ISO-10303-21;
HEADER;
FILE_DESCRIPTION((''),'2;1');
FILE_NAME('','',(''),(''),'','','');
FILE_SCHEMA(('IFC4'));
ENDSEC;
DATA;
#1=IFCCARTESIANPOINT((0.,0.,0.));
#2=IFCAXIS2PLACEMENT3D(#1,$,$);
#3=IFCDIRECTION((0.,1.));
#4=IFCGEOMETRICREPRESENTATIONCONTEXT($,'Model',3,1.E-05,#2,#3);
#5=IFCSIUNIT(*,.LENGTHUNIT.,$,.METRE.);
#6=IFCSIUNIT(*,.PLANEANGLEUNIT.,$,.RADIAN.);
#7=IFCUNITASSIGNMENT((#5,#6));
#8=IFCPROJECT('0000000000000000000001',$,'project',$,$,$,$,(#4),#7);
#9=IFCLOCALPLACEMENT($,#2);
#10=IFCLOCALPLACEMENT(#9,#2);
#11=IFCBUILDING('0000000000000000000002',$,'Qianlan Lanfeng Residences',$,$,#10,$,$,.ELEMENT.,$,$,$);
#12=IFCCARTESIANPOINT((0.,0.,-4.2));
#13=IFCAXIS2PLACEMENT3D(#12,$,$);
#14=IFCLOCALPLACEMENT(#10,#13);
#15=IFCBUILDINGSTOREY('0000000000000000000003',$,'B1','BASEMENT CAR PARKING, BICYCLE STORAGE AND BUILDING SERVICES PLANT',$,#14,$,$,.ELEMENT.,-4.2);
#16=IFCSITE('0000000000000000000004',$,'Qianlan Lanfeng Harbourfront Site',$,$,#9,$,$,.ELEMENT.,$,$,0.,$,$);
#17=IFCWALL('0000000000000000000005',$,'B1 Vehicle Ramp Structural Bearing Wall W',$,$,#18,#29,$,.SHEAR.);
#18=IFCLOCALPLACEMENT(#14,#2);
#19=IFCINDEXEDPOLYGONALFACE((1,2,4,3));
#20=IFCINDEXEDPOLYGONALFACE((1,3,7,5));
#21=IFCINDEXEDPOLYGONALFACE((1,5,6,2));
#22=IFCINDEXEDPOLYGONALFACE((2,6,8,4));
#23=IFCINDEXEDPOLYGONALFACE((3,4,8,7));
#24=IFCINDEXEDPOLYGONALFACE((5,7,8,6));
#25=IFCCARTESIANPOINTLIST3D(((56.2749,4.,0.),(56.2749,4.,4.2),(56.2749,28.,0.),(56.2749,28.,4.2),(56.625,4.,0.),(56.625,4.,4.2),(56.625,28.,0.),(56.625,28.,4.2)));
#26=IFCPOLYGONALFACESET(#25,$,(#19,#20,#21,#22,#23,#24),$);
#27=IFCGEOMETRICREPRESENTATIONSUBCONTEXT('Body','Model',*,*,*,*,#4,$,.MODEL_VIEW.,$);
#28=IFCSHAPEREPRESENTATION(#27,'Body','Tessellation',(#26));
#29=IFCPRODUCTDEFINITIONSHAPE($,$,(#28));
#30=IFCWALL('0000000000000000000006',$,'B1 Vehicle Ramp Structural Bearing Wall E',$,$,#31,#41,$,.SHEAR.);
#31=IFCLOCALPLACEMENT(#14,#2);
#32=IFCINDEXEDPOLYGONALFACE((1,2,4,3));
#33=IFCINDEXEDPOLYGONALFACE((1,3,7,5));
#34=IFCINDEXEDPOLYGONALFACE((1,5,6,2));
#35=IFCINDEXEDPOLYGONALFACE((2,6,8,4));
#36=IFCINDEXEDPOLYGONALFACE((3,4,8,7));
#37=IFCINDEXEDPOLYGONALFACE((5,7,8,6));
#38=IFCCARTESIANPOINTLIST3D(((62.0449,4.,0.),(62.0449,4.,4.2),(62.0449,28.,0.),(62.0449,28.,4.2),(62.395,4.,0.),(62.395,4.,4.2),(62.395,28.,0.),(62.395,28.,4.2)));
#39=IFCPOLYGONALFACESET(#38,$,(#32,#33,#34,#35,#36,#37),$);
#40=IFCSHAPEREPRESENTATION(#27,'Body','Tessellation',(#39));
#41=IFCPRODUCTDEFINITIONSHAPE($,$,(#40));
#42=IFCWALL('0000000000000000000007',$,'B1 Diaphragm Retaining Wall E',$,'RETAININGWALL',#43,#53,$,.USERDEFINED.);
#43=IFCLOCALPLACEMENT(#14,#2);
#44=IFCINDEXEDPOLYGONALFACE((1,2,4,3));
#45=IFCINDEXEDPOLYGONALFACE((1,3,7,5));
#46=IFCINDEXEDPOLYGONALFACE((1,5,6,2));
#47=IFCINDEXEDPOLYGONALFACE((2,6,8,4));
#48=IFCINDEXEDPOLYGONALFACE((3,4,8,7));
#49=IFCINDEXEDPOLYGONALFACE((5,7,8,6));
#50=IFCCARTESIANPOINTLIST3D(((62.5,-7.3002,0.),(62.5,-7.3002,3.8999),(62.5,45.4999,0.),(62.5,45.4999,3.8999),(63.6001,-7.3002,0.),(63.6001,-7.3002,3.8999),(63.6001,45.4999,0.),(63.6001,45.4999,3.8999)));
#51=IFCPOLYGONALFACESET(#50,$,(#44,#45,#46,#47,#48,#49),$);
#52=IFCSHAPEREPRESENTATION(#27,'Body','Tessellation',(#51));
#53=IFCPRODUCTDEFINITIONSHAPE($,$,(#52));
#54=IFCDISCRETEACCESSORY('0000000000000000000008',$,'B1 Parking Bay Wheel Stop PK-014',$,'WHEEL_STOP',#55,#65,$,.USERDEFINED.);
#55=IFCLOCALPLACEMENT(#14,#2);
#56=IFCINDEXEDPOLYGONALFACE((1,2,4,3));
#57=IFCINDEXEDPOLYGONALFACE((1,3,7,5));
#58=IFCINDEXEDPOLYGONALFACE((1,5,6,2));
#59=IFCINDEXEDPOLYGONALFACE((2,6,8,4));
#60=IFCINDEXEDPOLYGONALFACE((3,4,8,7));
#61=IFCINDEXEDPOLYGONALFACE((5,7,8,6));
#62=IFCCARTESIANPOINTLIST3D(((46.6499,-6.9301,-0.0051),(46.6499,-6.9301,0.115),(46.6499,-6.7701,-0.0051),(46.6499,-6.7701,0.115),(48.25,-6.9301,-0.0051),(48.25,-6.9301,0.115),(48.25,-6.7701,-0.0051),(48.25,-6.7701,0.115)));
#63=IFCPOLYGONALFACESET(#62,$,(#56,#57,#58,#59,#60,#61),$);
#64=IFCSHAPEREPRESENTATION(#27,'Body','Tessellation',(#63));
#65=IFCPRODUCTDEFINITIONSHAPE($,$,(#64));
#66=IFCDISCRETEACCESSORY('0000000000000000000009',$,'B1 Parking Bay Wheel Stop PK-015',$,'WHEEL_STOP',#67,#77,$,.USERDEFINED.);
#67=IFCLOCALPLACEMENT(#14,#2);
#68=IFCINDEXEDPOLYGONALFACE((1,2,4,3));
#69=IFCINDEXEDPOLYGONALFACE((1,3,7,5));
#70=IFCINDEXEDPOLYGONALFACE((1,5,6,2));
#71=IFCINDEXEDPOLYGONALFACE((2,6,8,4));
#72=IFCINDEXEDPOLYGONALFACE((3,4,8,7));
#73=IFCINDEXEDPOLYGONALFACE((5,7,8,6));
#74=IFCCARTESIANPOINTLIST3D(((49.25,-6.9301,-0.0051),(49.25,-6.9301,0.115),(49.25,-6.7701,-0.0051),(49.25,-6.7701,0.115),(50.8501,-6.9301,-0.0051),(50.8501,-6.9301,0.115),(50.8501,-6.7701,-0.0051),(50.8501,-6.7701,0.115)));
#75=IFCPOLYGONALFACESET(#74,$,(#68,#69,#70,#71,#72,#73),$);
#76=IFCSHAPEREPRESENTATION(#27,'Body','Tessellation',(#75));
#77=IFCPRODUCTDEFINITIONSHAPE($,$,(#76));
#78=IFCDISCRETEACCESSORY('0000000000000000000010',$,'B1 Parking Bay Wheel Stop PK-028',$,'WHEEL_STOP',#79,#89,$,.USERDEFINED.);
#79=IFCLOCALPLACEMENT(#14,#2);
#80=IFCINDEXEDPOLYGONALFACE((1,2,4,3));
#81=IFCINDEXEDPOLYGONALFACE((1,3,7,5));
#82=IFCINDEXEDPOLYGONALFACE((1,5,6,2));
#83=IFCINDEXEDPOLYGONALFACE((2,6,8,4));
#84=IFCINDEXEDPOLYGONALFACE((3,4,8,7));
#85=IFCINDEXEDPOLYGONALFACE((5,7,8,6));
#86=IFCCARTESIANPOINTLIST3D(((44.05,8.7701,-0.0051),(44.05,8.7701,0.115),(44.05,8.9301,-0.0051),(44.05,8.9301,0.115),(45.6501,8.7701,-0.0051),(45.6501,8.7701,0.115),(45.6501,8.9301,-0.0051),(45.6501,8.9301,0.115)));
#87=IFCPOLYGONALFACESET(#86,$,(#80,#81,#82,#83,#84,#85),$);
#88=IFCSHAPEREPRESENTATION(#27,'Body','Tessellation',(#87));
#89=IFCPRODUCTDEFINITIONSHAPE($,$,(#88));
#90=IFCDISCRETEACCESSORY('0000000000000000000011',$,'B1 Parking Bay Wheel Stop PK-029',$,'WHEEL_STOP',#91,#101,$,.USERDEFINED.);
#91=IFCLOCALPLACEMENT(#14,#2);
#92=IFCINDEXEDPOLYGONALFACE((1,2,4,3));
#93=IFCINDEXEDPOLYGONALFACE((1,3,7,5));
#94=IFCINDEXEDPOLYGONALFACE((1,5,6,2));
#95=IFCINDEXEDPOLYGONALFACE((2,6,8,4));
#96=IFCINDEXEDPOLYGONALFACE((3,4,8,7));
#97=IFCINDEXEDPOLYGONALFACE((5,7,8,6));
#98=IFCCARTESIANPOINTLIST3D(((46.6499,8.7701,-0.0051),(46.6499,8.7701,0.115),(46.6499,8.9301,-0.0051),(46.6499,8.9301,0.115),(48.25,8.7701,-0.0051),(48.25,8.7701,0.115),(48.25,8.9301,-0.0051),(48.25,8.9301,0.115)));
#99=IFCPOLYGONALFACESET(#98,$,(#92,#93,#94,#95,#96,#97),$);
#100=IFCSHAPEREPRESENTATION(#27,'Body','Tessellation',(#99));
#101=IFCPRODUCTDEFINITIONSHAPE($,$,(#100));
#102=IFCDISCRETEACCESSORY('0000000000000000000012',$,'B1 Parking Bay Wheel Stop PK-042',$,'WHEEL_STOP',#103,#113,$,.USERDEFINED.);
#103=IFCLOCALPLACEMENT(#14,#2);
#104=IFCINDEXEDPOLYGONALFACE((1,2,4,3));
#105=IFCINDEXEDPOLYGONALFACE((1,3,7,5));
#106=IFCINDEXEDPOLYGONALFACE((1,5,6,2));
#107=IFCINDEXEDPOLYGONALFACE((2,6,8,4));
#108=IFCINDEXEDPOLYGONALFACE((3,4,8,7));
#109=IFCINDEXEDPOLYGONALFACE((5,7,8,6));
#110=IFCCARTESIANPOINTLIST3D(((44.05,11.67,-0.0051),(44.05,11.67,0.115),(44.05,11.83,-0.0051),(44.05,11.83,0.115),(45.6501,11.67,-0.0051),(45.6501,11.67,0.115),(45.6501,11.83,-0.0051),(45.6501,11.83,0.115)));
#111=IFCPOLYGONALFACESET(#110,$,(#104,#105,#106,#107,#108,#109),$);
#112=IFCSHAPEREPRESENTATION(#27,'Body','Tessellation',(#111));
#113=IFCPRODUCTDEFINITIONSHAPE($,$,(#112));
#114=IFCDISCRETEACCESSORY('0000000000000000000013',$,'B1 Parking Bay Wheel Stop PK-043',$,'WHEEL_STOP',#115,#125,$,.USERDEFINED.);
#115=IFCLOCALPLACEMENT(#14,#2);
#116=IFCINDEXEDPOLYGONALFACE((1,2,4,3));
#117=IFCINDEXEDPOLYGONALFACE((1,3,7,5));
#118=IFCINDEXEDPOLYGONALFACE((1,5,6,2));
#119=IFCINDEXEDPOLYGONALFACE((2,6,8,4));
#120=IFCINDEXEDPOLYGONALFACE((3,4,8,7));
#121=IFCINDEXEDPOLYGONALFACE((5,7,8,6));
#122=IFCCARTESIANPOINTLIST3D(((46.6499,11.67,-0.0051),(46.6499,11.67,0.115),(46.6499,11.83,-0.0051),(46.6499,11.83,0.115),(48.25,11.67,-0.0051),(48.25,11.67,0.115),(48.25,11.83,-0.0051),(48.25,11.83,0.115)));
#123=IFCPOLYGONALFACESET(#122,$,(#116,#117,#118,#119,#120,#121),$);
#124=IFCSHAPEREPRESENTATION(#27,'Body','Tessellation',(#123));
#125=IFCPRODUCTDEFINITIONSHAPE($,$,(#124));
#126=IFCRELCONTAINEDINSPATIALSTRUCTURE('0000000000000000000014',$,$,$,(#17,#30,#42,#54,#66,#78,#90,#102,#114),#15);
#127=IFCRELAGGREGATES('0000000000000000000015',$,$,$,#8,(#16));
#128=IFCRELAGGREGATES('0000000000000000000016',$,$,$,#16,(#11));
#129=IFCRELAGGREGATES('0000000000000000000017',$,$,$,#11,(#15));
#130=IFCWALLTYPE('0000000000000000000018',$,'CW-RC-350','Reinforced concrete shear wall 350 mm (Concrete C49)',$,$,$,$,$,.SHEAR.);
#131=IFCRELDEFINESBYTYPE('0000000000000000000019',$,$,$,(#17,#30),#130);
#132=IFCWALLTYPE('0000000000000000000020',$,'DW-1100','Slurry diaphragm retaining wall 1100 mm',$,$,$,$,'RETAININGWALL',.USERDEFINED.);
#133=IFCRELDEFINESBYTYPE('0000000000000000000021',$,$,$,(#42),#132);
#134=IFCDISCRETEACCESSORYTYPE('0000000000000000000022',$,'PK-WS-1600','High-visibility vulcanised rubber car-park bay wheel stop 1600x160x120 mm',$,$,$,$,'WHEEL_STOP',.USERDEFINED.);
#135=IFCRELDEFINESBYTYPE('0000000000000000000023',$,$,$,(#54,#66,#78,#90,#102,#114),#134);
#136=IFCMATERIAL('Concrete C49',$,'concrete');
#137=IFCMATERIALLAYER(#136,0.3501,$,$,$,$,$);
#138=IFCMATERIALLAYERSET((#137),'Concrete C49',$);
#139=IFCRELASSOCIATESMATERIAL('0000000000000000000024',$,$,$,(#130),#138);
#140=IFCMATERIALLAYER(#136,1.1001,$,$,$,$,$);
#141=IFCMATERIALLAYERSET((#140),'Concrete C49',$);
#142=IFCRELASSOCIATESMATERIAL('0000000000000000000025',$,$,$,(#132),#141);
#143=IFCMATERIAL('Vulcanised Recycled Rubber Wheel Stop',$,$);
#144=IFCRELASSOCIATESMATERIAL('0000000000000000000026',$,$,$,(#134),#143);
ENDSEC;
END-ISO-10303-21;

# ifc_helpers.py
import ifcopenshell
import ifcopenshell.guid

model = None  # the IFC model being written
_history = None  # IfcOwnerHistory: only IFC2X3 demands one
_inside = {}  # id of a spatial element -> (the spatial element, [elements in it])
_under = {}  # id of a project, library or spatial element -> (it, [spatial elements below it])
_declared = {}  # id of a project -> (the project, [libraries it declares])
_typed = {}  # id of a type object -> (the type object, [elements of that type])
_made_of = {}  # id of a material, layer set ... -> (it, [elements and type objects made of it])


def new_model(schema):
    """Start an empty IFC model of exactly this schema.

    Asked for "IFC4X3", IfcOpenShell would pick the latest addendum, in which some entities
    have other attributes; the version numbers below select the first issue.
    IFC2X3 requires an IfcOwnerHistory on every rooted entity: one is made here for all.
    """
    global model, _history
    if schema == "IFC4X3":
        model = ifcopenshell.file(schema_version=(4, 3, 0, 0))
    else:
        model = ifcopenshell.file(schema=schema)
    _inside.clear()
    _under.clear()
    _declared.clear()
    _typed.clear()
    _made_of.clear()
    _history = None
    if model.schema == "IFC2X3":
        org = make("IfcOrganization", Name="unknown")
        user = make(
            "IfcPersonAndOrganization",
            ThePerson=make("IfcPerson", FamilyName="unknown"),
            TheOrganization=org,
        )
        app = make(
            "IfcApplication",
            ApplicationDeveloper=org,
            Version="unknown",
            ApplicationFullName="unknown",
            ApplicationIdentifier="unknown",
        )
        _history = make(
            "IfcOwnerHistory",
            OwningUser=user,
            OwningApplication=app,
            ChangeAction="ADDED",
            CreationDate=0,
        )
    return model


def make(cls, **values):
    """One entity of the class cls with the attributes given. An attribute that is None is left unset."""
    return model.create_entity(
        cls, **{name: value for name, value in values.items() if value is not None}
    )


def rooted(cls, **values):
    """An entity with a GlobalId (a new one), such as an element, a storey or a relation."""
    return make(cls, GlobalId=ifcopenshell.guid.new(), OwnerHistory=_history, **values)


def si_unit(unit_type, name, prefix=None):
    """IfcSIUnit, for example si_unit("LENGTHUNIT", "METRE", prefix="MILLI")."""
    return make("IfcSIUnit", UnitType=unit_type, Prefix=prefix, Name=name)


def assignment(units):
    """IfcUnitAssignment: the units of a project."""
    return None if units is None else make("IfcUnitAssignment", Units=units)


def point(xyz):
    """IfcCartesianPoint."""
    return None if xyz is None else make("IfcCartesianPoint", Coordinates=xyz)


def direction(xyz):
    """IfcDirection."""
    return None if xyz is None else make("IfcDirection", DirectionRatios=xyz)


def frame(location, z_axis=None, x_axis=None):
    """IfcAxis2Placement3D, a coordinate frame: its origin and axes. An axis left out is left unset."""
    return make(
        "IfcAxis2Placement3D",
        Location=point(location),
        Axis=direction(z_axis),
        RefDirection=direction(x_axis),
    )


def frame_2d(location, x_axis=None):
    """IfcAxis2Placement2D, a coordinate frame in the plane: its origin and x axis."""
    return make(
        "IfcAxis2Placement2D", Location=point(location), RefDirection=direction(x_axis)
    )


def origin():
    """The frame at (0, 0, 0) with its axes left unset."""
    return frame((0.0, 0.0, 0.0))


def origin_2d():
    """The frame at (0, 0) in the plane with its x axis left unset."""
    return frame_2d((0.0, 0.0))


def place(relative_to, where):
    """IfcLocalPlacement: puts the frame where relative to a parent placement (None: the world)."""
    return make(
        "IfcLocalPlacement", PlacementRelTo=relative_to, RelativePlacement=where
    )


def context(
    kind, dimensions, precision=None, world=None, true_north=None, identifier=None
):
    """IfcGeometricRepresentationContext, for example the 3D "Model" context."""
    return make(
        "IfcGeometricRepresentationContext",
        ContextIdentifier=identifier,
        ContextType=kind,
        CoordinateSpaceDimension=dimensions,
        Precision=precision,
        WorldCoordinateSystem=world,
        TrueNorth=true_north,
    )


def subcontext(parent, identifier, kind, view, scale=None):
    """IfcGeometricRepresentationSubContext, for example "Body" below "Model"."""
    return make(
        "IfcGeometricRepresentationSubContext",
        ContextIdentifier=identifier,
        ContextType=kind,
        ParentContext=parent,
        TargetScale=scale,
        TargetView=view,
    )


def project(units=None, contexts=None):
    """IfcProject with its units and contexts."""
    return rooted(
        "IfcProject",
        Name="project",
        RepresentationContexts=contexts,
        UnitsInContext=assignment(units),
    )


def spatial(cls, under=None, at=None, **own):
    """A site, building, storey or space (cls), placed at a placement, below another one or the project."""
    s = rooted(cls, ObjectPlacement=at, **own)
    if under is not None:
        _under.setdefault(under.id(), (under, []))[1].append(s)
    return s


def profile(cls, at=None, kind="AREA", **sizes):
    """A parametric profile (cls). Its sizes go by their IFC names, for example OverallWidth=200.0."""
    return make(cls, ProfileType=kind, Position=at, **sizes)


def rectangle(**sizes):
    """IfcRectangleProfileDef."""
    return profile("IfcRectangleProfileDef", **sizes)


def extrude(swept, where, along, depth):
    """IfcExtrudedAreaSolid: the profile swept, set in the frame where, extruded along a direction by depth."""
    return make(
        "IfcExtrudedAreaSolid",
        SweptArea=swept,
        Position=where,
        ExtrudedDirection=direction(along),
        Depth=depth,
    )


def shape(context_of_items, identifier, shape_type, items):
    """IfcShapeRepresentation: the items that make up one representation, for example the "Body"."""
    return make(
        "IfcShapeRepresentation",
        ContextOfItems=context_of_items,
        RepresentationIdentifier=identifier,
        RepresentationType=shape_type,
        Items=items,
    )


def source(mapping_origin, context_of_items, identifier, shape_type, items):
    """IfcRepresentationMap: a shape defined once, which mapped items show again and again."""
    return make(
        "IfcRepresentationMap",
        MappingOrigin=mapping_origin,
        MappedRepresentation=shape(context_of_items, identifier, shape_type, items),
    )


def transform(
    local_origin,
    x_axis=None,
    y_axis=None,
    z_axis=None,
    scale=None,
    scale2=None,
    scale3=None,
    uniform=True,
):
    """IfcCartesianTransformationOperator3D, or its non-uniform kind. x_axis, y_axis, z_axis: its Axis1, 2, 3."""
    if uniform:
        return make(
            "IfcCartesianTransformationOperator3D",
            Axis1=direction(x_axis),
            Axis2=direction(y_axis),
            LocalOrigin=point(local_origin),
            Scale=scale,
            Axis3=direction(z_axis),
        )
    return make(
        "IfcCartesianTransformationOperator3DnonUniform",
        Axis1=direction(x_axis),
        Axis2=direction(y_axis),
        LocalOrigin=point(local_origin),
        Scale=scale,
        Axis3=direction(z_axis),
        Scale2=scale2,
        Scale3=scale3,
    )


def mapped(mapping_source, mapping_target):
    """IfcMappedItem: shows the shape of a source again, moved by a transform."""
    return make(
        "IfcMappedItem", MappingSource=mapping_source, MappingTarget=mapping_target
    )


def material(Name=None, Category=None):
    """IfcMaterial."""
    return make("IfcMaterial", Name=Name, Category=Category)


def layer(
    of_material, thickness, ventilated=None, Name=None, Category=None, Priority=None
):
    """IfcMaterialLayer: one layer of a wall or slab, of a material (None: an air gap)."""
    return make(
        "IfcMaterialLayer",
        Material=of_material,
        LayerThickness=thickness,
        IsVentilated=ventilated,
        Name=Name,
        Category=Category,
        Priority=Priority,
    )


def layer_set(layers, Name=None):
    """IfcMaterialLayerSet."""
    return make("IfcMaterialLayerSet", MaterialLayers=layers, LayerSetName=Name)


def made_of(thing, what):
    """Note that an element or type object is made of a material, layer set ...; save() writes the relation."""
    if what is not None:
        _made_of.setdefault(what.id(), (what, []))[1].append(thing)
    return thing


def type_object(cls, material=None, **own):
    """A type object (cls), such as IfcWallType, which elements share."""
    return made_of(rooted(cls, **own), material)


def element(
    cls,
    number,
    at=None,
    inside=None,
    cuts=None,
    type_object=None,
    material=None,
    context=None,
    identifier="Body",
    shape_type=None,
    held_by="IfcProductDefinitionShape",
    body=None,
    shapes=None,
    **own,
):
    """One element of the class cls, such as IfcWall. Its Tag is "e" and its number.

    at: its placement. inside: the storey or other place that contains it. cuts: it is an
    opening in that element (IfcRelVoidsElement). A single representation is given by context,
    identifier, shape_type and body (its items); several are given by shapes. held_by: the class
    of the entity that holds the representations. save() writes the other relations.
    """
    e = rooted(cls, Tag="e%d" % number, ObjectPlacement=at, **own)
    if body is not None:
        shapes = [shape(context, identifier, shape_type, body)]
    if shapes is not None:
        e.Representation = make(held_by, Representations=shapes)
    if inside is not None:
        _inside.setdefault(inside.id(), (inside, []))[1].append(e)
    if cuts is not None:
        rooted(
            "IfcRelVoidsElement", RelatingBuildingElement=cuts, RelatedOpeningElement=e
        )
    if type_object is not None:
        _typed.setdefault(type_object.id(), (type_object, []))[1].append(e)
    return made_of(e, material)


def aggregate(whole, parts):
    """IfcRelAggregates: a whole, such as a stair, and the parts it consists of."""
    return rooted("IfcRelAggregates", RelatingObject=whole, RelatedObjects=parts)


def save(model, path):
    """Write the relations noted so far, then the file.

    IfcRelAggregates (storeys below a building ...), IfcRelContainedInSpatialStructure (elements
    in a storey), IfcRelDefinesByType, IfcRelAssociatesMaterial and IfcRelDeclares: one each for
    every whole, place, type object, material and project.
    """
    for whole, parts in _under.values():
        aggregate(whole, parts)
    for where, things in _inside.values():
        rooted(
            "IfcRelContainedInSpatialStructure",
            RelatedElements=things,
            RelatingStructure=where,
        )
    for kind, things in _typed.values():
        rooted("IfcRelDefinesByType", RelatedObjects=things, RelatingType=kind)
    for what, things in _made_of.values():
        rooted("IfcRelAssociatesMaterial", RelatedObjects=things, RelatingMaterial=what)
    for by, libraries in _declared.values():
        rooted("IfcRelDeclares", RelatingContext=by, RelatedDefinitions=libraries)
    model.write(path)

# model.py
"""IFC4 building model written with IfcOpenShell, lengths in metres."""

from ifc_helpers import new_model, si_unit, direction, frame, frame_2d, origin, origin_2d, place, context, subcontext, project, spatial, rectangle, extrude, source, transform, mapped, material, layer, layer_set, type_object, element, save


model = new_model("IFC4")

# Units and contexts
model_context = context("Model", 3, precision=1e-05, world=origin(), true_north=direction((0.0, 1.0)))
body_context = subcontext(model_context, "Body", "Model", "MODEL_VIEW")
ifc_project = project(units=[si_unit("LENGTHUNIT", "METRE"), si_unit("PLANEANGLEUNIT", "RADIAN")], contexts=[model_context])

# Site, building, storey
site_placement = place(None, origin())
site = spatial("IfcSite", under=ifc_project, at=site_placement, Name="Qianlan Lanfeng Harbourfront Site", CompositionType="ELEMENT", RefElevation=0.0)
building_placement = place(site_placement, origin())
building = spatial("IfcBuilding", under=site, at=building_placement, Name="Qianlan Lanfeng Residences", CompositionType="ELEMENT")
storey_placement = place(building_placement, frame((0.0, 0.0, -4.2)))
storey = spatial("IfcBuildingStorey", under=building, at=storey_placement, Name="B1", Description="BASEMENT CAR PARKING, BICYCLE STORAGE AND BUILDING SERVICES PLANT", CompositionType="ELEMENT", Elevation=-4.2)

# Shared definitions
ifc_material_1 = material(Name="Concrete C49", Category="concrete")

# Walls
ifc_layer_1 = layer(ifc_material_1, 0.3501)
ifc_layer_set_1 = layer_set([ifc_layer_1], Name="Concrete C49")
wall_type_1 = type_object("IfcWallType", Name="CW-RC-350", Description="Reinforced concrete shear wall 350 mm (Concrete C49)", PredefinedType="SHEAR", material=ifc_layer_set_1)
for number, where, z_axis, x_axis, name in (
    (1, (56.45, 4.0, 0.0), (0.0, 0.0, 1.0), (0.0, 1.0, 0.0), "B1 Vehicle Ramp Structural Bearing Wall W"),
    (2, (62.22, 4.0, 0.0), (0.0, 0.0, 1.0), (0.0, 1.0, 0.0), "B1 Vehicle Ramp Structural Bearing Wall E"),
):
    element("IfcWall", number, at=place(storey_placement, frame(where, z_axis=z_axis, x_axis=x_axis)), inside=storey, type_object=wall_type_1, Name=name, PredefinedType="SHEAR", context=body_context, shape_type="SweptSolid", body=[
        extrude(rectangle(XDim=24.0, YDim=0.3501, at=frame_2d((12.0, 0.0))), origin(), (0.0, 0.0, 1.0), 4.2),
    ])
ifc_layer_2 = layer(ifc_material_1, 1.1001)
ifc_layer_set_2 = layer_set([ifc_layer_2], Name="Concrete C49")
wall_type_2 = type_object("IfcWallType", Name="DW-1100", Description="Slurry diaphragm retaining wall 1100 mm", ElementType="RETAININGWALL", PredefinedType="USERDEFINED", material=ifc_layer_set_2)
wall_placement = place(storey_placement, frame((63.05, -7.3, 0.0), z_axis=(0.0, 0.0, 1.0), x_axis=(0.0, 1.0, 0.0)))
element("IfcWall", 3, at=wall_placement, inside=storey, type_object=wall_type_2, Name="B1 Diaphragm Retaining Wall E", ObjectType="RETAININGWALL", PredefinedType="USERDEFINED", context=body_context, shape_type="SweptSolid", body=[
    extrude(rectangle(XDim=52.8, YDim=1.1001, at=frame_2d((26.3999, 0.0))), origin(), (0.0, 0.0, 1.0), 3.8999),
])

# Discrete accessories
ifc_material_2 = material(Name="Vulcanised Recycled Rubber Wheel Stop")
discrete_accessory_type = type_object("IfcDiscreteAccessoryType", Name="PK-WS-1600", Description="High-visibility vulcanised rubber car-park bay wheel stop 1600x160x120 mm", ElementType="WHEEL_STOP", PredefinedType="USERDEFINED", material=ifc_material_2)
shared_shape = source(origin(), body_context, "Body", "SweptSolid", [
    extrude(rectangle(XDim=1.6001, YDim=0.1599, at=origin_2d()), origin(), (0.0, 0.0, 1.0), 0.1201),
])
for number, where, z_axis, x_axis, name in (
    (4, (47.45, -6.8501, -0.0051), (0.0, 0.0, 1.0), (1.0, 0.0, 0.0), "B1 Parking Bay Wheel Stop PK-014"),
    (5, (50.05, -6.8501, -0.0051), (0.0, 0.0, 1.0), (1.0, 0.0, 0.0), "B1 Parking Bay Wheel Stop PK-015"),
    (6, (44.8501, 8.8501, -0.0051), (0.0, 0.0, 1.0), (1.0, 0.0, 0.0), "B1 Parking Bay Wheel Stop PK-028"),
    (7, (47.45, 8.8501, -0.0051), (0.0, 0.0, 1.0), (1.0, 0.0, 0.0), "B1 Parking Bay Wheel Stop PK-029"),
    (8, (44.8501, 11.75, -0.0051), (0.0, 0.0, 1.0), (1.0, 0.0, 0.0), "B1 Parking Bay Wheel Stop PK-042"),
    (9, (47.45, 11.75, -0.0051), (0.0, 0.0, 1.0), (1.0, 0.0, 0.0), "B1 Parking Bay Wheel Stop PK-043"),
):
    element("IfcDiscreteAccessory", number, at=place(storey_placement, frame(where, z_axis=z_axis, x_axis=x_axis)), inside=storey, type_object=discrete_accessory_type, Name=name, ObjectType="WHEEL_STOP", PredefinedType="USERDEFINED", context=body_context, shape_type="MappedRepresentation", body=[
        mapped(shared_shape, transform((0.0, 0.0, 0.0), scale=1.0)),
    ])

save(model, "model.ifc")
